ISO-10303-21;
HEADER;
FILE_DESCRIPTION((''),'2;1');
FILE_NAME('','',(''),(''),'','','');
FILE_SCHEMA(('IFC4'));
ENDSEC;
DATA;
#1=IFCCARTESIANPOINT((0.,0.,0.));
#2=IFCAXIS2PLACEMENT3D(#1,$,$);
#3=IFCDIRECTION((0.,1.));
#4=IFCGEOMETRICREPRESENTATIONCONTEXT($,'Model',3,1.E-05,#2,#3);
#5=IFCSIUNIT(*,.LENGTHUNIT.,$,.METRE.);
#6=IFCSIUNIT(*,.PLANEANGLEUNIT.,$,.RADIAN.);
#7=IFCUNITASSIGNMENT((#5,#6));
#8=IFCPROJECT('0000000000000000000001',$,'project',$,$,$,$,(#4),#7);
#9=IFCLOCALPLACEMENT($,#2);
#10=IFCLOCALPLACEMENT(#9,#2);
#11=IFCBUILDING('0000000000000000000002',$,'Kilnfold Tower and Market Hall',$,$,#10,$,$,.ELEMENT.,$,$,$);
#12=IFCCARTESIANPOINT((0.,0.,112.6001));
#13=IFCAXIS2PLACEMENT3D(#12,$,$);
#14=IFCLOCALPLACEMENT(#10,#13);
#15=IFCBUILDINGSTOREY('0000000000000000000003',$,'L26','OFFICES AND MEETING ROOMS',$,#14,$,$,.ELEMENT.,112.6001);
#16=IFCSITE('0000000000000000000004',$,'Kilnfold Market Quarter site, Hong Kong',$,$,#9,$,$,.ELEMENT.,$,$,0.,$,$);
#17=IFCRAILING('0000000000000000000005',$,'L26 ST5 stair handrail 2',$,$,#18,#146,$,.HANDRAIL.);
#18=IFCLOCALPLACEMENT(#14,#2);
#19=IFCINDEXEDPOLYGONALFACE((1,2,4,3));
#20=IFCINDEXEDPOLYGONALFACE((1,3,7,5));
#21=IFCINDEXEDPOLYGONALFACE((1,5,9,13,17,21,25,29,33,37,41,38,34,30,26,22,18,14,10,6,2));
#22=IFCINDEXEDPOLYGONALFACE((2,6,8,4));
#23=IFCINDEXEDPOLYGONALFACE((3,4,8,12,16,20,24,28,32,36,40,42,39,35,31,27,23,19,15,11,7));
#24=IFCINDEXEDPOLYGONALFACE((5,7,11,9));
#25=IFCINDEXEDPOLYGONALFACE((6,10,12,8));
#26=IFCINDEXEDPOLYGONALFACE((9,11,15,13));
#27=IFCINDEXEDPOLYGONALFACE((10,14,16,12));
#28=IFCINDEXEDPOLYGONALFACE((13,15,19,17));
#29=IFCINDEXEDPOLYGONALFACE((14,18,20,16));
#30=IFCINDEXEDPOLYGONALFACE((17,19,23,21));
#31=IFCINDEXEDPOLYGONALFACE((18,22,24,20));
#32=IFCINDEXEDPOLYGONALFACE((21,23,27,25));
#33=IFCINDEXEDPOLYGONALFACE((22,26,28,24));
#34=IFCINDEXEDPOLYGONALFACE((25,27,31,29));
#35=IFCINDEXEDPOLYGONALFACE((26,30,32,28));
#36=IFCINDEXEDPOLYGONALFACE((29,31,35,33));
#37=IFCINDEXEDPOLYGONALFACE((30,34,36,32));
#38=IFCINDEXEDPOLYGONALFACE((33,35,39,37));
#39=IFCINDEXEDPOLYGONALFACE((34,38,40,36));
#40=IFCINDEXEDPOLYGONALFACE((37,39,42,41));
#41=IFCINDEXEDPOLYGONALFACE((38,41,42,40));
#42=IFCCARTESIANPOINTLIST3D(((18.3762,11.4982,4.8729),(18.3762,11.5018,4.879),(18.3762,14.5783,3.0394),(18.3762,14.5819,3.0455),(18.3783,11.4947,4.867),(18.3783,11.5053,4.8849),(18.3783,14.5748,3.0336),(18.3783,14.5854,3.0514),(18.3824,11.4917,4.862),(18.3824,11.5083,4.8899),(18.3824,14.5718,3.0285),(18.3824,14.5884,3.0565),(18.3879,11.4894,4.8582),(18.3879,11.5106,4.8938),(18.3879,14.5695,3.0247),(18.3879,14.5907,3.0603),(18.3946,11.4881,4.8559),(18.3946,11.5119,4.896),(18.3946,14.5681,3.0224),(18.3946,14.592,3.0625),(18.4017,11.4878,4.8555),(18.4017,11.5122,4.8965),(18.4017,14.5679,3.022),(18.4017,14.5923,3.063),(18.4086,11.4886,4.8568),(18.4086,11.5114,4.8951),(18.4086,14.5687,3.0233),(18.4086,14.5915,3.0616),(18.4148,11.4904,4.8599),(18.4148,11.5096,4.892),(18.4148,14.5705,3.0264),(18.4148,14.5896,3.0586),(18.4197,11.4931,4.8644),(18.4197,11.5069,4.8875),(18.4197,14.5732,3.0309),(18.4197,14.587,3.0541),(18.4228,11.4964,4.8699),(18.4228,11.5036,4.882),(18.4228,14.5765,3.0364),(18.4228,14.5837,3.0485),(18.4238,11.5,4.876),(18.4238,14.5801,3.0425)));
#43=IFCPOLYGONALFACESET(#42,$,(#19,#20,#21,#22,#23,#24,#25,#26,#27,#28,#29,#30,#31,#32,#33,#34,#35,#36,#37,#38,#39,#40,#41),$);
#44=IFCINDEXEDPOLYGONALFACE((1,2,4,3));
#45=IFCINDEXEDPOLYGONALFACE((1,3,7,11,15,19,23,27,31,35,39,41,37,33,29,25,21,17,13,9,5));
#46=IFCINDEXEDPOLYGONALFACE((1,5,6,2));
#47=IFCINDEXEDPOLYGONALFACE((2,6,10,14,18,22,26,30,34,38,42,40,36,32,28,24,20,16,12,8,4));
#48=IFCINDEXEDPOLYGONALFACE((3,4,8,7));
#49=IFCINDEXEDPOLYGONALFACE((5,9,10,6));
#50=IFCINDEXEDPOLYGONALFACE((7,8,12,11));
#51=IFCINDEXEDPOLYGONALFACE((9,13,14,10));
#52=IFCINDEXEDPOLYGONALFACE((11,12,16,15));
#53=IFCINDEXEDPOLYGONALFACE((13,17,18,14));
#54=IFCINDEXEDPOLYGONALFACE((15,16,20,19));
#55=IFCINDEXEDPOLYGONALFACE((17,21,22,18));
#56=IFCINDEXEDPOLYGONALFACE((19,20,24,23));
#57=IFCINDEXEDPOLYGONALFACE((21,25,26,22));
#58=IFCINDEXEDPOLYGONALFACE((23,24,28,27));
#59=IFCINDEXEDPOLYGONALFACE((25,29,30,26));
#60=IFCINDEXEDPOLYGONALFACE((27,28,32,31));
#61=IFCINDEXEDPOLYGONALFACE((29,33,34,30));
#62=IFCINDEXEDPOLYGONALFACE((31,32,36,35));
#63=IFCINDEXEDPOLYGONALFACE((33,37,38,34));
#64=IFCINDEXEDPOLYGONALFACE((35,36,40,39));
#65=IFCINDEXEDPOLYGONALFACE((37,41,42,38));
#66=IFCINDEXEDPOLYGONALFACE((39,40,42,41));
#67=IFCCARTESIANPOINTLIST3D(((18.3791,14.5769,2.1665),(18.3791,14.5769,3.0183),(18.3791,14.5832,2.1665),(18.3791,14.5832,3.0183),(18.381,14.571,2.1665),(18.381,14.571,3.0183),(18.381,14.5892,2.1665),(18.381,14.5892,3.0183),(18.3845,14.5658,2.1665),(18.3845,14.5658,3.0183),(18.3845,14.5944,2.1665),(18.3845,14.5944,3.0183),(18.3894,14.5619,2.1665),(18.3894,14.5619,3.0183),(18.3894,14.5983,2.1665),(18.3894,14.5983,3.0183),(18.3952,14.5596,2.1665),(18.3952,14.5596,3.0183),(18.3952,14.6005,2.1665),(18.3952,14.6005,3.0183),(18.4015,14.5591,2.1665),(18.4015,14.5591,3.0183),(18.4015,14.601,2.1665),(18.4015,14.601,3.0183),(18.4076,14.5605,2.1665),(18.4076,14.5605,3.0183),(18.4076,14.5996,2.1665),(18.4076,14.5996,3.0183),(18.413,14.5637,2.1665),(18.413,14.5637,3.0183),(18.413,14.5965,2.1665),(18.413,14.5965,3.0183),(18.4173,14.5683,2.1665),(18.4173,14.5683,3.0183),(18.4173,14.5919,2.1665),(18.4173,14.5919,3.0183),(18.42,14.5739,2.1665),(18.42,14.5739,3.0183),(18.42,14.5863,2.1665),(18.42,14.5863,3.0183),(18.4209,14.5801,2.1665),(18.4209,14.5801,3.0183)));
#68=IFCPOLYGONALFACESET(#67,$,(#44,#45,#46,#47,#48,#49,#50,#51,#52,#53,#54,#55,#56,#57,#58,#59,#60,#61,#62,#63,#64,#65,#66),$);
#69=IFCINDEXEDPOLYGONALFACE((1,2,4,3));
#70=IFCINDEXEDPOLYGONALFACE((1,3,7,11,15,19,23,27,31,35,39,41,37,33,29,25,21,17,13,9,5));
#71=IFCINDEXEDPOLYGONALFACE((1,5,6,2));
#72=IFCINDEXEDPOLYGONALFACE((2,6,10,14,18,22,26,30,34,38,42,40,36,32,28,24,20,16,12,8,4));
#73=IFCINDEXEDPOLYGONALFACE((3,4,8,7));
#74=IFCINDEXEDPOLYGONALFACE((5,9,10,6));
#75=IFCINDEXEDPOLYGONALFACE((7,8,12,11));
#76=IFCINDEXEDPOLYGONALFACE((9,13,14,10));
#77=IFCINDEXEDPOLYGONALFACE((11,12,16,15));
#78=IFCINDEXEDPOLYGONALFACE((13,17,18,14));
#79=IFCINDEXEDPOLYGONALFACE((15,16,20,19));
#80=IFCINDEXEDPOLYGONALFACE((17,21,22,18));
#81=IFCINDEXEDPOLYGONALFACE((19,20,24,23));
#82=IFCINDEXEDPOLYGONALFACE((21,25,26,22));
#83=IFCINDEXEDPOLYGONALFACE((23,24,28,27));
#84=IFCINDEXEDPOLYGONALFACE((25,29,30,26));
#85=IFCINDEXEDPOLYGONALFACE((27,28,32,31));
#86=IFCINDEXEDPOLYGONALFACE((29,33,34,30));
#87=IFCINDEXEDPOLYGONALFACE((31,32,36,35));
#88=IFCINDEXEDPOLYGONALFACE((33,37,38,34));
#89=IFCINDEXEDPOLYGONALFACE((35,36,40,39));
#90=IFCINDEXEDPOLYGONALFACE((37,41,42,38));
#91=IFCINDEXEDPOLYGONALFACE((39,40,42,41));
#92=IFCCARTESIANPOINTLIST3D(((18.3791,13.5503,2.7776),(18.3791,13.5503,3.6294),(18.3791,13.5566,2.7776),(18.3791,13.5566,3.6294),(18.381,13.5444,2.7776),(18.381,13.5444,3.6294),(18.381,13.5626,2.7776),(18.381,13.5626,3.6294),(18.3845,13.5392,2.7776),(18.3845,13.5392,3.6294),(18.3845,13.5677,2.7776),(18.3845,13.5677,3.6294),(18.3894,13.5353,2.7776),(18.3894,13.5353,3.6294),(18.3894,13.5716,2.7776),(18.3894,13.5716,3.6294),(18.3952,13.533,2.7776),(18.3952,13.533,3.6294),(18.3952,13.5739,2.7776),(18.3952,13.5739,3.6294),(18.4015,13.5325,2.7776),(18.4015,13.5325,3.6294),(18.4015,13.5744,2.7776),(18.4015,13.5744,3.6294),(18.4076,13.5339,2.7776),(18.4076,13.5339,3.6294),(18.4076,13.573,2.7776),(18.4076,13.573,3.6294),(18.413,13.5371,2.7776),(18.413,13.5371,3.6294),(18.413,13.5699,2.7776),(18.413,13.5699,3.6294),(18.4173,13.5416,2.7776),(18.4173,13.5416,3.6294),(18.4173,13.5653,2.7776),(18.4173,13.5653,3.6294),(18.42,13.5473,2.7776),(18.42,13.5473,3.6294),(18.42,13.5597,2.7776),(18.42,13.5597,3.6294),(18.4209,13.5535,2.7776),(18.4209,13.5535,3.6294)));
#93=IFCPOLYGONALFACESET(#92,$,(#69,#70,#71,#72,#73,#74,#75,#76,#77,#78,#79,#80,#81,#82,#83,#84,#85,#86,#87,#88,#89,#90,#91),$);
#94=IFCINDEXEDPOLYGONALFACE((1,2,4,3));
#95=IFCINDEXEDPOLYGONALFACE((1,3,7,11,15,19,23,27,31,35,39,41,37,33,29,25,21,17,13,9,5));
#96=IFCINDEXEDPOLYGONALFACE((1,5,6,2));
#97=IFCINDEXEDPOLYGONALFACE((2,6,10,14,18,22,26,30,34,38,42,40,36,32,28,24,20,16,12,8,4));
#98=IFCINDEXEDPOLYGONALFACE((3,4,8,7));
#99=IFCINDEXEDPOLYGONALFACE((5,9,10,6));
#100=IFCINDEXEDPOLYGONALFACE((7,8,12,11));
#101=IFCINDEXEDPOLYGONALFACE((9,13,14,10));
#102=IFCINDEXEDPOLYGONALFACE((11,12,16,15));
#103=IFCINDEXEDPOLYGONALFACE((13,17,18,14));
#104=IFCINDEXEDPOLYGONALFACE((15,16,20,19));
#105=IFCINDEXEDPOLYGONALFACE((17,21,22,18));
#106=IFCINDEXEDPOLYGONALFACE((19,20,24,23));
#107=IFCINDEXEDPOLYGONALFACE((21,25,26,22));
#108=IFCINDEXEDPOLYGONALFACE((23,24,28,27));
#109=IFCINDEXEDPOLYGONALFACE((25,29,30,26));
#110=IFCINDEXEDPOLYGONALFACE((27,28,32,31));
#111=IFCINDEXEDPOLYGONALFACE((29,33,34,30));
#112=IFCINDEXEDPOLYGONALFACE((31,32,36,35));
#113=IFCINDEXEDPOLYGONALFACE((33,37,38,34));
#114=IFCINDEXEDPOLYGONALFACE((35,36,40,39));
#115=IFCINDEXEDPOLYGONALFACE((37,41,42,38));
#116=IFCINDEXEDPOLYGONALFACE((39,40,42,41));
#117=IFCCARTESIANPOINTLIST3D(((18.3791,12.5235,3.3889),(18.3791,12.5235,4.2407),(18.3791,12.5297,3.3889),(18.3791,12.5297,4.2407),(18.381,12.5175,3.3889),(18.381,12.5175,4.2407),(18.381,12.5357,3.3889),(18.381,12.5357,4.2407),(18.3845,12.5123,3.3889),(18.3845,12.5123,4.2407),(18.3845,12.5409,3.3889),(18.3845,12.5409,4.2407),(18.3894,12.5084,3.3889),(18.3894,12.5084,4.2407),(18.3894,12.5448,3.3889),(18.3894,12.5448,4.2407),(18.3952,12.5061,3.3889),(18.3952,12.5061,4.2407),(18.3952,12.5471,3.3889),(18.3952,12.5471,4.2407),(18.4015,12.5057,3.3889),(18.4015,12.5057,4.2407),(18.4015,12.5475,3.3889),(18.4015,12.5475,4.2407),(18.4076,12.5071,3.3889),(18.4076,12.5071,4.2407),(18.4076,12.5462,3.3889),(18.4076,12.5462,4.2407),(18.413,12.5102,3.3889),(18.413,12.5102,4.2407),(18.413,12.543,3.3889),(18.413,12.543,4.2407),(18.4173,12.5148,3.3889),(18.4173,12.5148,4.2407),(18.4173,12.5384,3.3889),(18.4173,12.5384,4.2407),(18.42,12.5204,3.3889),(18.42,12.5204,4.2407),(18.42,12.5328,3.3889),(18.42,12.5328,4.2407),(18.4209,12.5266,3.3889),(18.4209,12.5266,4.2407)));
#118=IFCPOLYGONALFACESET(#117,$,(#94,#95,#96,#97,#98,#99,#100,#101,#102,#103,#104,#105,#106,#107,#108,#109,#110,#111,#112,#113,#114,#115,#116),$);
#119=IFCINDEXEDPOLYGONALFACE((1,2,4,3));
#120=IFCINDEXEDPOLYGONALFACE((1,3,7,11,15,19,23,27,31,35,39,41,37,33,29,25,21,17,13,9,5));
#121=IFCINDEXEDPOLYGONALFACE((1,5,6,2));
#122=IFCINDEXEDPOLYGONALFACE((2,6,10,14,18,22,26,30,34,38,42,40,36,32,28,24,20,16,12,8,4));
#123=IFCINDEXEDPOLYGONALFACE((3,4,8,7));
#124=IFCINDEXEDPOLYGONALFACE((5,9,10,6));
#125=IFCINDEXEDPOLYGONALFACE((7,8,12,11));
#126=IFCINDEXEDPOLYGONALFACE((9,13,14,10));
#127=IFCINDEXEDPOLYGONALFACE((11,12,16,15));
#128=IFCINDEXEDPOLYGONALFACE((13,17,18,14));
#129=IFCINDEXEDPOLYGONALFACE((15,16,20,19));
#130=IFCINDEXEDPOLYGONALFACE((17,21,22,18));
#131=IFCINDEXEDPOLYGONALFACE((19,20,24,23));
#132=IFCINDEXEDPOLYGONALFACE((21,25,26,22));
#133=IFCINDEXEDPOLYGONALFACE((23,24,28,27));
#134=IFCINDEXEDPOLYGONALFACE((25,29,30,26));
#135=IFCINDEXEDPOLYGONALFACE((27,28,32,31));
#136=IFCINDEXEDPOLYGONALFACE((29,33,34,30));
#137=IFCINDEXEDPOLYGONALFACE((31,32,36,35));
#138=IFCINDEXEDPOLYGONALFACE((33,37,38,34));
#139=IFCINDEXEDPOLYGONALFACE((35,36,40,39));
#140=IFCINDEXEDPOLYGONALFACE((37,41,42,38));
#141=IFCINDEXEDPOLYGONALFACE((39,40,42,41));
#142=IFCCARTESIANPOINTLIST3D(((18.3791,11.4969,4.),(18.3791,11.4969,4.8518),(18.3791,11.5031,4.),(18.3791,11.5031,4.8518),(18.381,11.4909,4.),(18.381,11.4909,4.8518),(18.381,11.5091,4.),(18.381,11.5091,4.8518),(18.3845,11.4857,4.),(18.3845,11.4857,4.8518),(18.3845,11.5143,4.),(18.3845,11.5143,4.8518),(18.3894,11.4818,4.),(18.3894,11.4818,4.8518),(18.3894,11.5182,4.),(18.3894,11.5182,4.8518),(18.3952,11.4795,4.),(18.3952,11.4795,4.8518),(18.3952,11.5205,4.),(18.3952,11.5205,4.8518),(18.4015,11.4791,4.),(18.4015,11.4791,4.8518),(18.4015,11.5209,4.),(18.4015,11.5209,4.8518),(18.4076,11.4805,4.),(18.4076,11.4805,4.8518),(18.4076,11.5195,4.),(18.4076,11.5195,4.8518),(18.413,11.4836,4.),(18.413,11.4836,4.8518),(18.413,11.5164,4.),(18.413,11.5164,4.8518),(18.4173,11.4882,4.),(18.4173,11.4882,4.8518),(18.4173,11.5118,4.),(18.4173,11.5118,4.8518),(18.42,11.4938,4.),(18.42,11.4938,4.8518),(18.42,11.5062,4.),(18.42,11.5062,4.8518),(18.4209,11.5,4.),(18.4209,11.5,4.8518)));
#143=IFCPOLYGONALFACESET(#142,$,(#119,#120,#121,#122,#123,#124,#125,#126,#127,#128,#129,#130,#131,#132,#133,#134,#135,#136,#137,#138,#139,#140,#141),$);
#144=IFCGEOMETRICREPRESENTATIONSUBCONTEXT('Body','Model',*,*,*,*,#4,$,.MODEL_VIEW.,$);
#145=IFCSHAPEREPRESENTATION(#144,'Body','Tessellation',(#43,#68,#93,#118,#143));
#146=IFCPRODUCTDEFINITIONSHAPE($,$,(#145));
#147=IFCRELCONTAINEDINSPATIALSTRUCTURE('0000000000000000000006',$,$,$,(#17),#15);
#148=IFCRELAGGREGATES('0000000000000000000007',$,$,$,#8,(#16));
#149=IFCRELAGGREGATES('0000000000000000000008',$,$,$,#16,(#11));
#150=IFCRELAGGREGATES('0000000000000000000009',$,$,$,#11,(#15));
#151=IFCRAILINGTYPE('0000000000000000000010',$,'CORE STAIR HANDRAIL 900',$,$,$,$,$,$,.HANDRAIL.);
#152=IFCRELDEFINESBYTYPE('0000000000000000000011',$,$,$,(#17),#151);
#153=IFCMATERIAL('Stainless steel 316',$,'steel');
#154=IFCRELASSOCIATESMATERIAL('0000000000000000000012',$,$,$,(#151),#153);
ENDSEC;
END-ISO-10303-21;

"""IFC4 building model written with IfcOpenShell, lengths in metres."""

from ifc_helpers import new_model, si_unit, direction, frame, origin, origin_2d, place, context, subcontext, project, spatial, circle, extrude, material, type_object, element, save


model = new_model("IFC4")

# Units and contexts
model_context = context("Model", 3, precision=1e-05, world=origin(), true_north=direction((0.0, 1.0)))
body_context = subcontext(model_context, "Body", "Model", "MODEL_VIEW")
ifc_project = project(units=[si_unit("LENGTHUNIT", "METRE"), si_unit("PLANEANGLEUNIT", "RADIAN")], contexts=[model_context])

# Site, building, storey
site_placement = place(None, origin())
site = spatial("IfcSite", under=ifc_project, at=site_placement, Name="Kilnfold Market Quarter site, Hong Kong", CompositionType="ELEMENT", RefElevation=0.0)
building_placement = place(site_placement, origin())
building = spatial("IfcBuilding", under=site, at=building_placement, Name="Kilnfold Tower and Market Hall", CompositionType="ELEMENT")
storey_placement = place(building_placement, frame((0.0, 0.0, 112.6001)))
storey = spatial("IfcBuildingStorey", under=building, at=storey_placement, Name="L26", Description="OFFICES AND MEETING ROOMS", CompositionType="ELEMENT", Elevation=112.6001)

# Railing
ifc_material_1 = material(Name="Stainless steel 316", Category="steel")
railing_type = type_object("IfcRailingType", Name="CORE STAIR HANDRAIL 900", PredefinedType="HANDRAIL", material=ifc_material_1)
railing_placement = place(storey_placement, frame((18.3999, 14.5801, 2.1665)))
element("IfcRailing", 1, at=railing_placement, inside=storey, type_object=railing_type, Name="L26 ST5 stair handrail 2", PredefinedType="HANDRAIL", context=body_context, shape_type="SweptSolid", body=[
    extrude(circle(Radius=0.0239, at=origin_2d()), frame((0.0, 0.0, 0.876), z_axis=(0.0, -0.859279, 0.511508), x_axis=(1.0, 0.0, 0.0)), (0.0, 0.0, 1.0), 3.5845),
    extrude(circle(Radius=0.021, at=origin_2d()), origin(), (0.0, 0.0, 1.0), 0.8518),
    extrude(circle(Radius=0.021, at=origin_2d()), frame((0.0, -1.0266, 0.6111)), (0.0, 0.0, 1.0), 0.8518),
    extrude(circle(Radius=0.021, at=origin_2d()), frame((0.0, -2.0535, 1.2224)), (0.0, 0.0, 1.0), 0.8518),
    extrude(circle(Radius=0.021, at=origin_2d()), frame((0.0, -3.0801, 1.8335)), (0.0, 0.0, 1.0), 0.8518),
])

save(model, "model.ifc")
